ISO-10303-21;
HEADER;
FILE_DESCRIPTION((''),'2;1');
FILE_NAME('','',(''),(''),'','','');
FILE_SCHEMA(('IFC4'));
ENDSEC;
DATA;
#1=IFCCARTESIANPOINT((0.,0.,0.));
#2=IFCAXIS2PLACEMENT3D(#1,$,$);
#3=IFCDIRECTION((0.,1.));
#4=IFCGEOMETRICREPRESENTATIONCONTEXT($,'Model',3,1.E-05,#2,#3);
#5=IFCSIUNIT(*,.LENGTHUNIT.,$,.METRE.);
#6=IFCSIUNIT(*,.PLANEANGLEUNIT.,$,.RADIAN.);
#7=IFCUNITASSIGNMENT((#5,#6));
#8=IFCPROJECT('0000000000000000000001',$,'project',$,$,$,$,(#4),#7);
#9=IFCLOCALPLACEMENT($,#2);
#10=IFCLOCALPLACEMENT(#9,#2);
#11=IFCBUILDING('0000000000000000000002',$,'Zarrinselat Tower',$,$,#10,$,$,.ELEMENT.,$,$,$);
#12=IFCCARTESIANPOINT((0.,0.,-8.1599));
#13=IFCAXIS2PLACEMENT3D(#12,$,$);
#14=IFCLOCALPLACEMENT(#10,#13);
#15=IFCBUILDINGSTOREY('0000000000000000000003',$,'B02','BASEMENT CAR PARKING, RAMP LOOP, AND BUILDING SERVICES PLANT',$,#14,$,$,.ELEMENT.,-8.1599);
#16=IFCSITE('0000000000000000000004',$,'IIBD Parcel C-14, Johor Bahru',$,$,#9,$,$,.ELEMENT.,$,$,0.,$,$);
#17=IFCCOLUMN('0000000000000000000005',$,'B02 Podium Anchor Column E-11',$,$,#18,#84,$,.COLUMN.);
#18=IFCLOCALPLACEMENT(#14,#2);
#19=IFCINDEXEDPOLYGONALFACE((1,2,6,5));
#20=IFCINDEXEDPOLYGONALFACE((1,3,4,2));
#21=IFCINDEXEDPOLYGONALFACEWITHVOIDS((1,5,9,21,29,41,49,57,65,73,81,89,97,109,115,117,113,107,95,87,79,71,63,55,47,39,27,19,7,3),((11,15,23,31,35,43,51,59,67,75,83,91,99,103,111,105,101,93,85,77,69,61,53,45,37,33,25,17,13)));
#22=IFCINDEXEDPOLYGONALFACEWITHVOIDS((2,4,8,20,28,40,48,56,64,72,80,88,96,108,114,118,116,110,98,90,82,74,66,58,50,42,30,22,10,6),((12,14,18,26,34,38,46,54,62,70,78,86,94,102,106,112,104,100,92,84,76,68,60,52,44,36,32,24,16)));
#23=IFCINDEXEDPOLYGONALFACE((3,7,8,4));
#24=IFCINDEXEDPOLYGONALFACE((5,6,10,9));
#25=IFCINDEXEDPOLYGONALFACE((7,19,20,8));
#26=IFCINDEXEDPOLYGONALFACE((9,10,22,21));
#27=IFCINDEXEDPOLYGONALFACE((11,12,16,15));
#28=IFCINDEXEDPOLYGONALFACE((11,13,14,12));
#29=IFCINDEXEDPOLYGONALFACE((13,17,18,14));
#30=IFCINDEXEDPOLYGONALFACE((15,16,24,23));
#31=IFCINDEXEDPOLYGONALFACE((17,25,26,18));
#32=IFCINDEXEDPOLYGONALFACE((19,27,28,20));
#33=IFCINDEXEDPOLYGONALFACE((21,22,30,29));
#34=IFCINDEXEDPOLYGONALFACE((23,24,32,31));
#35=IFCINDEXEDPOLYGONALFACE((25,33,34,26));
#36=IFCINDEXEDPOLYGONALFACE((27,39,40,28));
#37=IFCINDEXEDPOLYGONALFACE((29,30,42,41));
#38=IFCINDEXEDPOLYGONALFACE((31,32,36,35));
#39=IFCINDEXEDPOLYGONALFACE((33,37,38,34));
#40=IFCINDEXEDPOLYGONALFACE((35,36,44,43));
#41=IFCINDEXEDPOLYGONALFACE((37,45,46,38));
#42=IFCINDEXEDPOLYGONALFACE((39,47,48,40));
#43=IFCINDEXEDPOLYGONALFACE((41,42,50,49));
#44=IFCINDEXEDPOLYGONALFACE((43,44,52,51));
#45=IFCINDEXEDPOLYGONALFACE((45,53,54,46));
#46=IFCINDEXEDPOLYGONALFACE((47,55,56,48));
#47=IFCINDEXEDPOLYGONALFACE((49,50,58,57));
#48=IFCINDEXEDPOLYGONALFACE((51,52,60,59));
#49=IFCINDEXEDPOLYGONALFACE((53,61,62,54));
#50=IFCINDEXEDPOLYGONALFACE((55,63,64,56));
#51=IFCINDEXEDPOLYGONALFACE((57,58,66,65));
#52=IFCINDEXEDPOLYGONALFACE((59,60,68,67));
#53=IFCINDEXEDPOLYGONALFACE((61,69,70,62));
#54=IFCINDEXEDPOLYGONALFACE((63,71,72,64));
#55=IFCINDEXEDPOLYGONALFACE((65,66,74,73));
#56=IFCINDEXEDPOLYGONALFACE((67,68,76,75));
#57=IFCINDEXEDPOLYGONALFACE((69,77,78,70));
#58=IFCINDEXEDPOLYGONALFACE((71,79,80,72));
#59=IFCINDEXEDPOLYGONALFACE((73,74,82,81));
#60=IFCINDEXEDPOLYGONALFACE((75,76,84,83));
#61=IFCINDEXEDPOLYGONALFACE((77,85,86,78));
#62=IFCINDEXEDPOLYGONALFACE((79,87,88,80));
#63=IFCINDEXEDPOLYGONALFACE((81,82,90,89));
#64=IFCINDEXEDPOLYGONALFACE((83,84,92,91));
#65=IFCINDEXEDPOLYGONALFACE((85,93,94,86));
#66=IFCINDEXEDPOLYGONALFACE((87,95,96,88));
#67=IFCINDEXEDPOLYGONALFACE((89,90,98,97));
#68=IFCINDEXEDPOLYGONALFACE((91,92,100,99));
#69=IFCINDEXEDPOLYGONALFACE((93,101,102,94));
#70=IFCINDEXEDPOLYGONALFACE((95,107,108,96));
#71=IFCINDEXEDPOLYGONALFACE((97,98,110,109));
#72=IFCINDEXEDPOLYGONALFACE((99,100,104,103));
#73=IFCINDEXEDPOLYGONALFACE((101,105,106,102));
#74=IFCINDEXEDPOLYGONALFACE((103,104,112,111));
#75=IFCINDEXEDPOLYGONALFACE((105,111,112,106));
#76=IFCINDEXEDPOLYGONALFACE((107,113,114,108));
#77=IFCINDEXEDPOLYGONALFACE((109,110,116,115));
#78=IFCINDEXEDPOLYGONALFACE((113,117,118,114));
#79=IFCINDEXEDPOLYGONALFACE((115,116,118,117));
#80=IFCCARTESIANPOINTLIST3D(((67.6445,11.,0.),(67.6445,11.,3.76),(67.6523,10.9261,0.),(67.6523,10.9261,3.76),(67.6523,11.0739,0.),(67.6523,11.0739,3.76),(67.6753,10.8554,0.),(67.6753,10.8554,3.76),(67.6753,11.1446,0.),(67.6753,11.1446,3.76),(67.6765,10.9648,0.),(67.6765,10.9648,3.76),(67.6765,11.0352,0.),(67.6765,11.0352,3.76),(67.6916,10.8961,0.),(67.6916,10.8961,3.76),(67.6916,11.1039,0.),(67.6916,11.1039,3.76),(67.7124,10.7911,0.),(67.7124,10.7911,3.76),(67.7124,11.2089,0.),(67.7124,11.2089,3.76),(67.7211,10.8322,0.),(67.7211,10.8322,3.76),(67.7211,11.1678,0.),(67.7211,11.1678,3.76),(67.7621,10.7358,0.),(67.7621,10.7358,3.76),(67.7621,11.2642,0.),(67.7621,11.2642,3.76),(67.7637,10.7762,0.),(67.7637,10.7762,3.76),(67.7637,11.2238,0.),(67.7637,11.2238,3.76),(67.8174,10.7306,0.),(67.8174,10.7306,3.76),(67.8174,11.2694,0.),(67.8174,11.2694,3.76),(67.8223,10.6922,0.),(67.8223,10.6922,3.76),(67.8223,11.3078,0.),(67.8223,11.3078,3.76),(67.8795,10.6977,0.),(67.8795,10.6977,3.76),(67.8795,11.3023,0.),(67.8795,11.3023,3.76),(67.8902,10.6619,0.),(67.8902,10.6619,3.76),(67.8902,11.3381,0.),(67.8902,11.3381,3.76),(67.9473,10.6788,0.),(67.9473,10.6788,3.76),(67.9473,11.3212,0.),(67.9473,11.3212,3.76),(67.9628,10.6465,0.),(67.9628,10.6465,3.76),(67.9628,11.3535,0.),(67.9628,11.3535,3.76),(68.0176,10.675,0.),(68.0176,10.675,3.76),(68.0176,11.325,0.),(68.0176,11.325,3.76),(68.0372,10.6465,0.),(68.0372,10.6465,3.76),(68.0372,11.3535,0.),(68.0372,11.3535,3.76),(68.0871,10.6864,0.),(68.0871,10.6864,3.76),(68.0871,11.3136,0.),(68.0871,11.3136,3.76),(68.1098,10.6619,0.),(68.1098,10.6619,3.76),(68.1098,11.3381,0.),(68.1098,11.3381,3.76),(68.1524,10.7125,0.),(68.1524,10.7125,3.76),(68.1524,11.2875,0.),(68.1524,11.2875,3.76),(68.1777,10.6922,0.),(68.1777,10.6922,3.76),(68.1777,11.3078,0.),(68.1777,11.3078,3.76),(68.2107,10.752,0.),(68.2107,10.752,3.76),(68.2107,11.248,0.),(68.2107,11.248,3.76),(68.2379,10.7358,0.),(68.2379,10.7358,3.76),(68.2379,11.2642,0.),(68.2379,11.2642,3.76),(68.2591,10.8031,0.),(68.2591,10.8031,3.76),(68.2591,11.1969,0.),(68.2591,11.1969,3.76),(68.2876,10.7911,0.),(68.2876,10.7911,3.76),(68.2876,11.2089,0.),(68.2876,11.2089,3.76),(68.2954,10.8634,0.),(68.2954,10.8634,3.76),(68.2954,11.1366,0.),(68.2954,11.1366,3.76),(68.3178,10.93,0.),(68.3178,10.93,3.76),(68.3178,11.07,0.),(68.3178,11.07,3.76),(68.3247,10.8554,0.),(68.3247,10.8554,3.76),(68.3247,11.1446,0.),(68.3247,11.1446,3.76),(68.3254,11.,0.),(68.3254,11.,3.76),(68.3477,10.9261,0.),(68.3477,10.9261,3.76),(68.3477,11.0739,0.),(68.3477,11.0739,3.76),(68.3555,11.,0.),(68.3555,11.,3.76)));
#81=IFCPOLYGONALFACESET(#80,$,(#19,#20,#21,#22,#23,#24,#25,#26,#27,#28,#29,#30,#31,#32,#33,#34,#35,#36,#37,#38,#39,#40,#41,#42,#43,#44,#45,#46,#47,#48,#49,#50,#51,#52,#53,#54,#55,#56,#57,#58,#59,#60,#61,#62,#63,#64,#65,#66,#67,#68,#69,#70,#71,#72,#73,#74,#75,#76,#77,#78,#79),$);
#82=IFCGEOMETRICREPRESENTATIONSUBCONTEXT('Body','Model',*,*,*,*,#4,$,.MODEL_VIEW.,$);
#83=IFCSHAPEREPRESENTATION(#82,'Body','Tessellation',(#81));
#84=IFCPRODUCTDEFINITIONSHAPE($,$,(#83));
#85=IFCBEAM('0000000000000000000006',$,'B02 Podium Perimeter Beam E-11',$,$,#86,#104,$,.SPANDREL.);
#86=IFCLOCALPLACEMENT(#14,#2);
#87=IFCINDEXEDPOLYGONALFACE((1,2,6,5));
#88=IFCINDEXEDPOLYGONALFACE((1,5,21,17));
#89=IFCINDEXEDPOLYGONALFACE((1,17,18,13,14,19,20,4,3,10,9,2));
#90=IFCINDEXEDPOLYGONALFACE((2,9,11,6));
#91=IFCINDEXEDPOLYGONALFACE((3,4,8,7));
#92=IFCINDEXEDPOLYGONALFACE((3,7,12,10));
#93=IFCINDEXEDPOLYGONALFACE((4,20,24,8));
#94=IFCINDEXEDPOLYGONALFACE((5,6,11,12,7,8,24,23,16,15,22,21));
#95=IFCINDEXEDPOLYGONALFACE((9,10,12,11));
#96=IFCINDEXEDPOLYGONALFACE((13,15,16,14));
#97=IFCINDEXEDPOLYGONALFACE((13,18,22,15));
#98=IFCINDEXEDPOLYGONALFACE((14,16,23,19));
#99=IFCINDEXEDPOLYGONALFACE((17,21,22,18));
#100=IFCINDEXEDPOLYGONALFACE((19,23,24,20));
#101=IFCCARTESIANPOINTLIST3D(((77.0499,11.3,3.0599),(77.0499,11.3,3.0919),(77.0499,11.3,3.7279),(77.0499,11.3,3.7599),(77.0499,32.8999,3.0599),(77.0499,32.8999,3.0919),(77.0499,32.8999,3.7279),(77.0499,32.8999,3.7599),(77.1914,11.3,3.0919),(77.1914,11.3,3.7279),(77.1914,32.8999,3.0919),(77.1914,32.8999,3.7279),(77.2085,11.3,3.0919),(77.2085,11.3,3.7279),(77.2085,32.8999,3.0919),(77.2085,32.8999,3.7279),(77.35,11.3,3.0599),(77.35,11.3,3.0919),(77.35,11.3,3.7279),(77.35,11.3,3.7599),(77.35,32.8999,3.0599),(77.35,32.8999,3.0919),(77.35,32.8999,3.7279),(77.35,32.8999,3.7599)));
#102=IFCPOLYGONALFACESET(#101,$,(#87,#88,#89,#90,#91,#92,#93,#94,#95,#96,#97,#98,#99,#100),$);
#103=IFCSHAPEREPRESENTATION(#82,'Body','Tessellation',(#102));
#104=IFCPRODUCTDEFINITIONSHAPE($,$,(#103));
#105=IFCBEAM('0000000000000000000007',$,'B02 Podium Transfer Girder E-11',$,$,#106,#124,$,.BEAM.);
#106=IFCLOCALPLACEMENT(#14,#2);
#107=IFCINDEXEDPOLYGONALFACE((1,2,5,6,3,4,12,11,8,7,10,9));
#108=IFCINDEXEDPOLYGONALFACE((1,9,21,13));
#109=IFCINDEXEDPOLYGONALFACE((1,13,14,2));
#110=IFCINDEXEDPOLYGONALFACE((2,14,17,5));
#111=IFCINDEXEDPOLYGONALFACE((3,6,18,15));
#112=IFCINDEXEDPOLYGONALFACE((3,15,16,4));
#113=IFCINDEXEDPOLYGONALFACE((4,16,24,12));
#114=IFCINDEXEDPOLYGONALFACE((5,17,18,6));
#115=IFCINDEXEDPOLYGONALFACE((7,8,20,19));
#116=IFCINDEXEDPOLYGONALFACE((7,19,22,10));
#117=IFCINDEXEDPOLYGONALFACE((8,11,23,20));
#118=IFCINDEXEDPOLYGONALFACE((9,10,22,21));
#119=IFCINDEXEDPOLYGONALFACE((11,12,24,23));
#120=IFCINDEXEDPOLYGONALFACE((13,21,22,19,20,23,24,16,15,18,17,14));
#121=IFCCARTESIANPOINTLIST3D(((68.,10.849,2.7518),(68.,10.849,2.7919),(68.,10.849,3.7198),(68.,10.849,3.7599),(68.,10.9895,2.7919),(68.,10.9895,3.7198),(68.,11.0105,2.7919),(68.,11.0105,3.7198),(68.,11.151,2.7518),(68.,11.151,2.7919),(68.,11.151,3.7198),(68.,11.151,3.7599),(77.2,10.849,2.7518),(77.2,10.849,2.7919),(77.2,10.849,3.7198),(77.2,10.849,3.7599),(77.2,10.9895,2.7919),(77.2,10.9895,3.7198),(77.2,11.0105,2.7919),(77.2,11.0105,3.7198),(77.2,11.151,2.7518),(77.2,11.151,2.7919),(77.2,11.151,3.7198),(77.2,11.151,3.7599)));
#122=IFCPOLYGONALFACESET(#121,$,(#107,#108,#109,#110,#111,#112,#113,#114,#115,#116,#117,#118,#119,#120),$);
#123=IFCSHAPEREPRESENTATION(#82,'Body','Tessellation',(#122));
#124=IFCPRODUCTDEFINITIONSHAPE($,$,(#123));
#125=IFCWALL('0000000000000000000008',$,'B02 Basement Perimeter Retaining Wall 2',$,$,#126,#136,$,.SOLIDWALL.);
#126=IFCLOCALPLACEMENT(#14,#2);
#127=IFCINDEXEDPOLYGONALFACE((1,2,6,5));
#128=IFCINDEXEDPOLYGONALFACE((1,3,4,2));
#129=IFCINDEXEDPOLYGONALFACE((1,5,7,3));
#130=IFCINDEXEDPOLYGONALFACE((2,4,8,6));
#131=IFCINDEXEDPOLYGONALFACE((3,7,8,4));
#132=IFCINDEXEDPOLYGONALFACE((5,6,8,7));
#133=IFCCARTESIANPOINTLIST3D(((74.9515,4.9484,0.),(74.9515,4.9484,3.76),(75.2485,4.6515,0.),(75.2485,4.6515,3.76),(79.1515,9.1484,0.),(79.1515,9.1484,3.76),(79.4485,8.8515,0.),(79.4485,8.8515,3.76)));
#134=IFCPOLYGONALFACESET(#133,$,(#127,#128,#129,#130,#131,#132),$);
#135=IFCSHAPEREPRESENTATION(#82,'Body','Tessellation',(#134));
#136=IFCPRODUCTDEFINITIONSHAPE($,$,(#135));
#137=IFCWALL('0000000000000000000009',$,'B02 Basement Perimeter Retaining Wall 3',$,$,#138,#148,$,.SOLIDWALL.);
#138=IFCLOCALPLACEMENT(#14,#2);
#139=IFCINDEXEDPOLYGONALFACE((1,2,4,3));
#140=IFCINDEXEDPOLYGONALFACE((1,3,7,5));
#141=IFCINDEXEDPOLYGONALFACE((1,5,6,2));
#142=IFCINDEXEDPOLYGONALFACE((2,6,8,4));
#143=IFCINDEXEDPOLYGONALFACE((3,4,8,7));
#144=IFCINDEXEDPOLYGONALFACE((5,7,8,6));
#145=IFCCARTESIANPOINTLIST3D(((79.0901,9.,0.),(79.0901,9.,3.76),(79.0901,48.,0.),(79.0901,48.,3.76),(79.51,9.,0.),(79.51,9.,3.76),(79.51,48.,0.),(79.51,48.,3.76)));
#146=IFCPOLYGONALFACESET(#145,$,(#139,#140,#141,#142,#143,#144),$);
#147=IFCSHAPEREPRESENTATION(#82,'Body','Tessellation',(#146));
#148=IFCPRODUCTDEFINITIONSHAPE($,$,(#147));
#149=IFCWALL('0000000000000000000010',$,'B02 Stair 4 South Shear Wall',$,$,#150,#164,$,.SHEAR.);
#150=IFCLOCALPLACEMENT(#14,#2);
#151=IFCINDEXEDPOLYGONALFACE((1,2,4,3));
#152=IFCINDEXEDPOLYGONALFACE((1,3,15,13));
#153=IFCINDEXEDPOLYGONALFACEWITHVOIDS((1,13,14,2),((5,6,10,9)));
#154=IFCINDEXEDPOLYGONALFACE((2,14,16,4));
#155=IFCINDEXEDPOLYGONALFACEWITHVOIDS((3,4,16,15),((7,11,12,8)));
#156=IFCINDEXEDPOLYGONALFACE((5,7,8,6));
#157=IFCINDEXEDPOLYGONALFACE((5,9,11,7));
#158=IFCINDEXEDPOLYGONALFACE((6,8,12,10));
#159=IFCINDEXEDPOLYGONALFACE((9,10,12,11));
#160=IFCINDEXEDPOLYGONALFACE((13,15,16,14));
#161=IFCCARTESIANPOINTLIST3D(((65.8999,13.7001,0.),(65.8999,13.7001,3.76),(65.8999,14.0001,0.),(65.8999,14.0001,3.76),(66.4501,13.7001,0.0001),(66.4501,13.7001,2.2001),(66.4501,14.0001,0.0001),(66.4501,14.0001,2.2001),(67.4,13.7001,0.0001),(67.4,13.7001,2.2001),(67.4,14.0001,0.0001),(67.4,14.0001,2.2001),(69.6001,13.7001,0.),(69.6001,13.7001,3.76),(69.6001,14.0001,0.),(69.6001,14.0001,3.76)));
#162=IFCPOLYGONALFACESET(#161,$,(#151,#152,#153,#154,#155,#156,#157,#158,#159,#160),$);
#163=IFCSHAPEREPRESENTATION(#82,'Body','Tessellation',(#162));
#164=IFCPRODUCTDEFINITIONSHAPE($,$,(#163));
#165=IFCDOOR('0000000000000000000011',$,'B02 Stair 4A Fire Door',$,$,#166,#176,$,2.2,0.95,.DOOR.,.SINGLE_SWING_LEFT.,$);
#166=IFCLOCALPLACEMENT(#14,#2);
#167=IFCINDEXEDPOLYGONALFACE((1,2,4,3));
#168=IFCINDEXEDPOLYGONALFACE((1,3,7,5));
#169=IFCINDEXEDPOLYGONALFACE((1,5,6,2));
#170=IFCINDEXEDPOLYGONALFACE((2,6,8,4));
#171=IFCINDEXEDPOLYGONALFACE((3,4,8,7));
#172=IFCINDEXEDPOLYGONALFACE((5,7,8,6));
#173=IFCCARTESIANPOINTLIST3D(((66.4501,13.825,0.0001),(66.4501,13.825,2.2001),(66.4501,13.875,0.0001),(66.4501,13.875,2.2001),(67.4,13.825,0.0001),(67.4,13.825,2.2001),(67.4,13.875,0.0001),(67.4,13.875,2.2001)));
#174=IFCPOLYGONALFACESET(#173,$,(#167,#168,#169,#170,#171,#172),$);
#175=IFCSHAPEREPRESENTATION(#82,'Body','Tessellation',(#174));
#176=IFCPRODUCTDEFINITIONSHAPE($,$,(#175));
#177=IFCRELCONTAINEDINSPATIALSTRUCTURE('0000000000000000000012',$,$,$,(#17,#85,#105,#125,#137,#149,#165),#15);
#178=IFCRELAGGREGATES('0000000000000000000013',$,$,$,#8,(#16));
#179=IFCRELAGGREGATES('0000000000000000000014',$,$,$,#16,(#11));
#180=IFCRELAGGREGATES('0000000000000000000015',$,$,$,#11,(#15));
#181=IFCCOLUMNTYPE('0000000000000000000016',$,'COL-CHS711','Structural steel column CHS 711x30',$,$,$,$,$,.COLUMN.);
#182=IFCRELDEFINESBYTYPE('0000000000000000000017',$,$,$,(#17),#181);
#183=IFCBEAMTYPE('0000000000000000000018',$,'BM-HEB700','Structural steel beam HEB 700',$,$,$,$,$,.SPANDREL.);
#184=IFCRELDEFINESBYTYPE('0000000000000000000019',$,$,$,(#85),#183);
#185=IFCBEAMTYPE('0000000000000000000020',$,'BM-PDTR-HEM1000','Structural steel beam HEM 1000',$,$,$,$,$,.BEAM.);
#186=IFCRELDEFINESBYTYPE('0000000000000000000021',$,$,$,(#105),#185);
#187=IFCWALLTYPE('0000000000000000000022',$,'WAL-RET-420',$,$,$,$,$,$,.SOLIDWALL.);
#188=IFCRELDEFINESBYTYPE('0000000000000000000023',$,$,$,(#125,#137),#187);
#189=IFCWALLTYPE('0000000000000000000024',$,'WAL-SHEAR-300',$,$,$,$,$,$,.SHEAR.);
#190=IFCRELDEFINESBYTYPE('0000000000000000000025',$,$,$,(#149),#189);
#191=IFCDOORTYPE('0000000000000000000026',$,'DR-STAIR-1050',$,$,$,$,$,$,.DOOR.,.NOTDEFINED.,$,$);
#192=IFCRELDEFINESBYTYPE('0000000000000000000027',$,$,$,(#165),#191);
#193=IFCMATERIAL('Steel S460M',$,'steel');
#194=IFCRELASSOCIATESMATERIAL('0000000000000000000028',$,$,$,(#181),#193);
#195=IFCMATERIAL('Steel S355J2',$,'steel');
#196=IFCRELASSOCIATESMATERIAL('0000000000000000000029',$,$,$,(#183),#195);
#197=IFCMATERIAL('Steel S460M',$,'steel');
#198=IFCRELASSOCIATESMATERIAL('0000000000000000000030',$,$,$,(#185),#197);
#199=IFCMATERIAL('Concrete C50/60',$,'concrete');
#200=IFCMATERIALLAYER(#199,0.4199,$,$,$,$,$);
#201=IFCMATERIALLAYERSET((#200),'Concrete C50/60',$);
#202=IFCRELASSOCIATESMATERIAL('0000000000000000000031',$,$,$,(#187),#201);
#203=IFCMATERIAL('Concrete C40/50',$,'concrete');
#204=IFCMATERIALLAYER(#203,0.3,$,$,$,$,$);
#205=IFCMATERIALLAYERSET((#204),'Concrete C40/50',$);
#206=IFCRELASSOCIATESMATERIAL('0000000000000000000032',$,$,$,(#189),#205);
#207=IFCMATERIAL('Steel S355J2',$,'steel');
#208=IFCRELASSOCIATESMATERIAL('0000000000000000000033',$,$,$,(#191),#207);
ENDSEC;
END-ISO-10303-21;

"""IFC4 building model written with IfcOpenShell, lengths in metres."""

from ifc_helpers import new_model, si_unit, direction, frame, frame_2d, origin, origin_2d, place, context, subcontext, project, spatial, rectangle, hollow_circle, i_section, extrude, material, layer, layer_set, material_profile, profile_set, type_object, element, fill, save


model = new_model("IFC4")

# Units and contexts
model_context = context("Model", 3, precision=1e-05, world=origin(), true_north=direction((0.0, 1.0)))
body_context = subcontext(model_context, "Body", "Model", "MODEL_VIEW")
ifc_project = project(units=[si_unit("LENGTHUNIT", "METRE"), si_unit("PLANEANGLEUNIT", "RADIAN")], contexts=[model_context])

# Site, building, storey
site_placement = place(None, origin())
site = spatial("IfcSite", under=ifc_project, at=site_placement, Name="IIBD Parcel C-14, Johor Bahru", CompositionType="ELEMENT", RefElevation=0.0)
building_placement = place(site_placement, origin())
building = spatial("IfcBuilding", under=site, at=building_placement, Name="Zarrinselat Tower", CompositionType="ELEMENT")
storey_placement = place(building_placement, frame((0.0, 0.0, -8.1599)))
storey = spatial("IfcBuildingStorey", under=building, at=storey_placement, Name="B02", Description="BASEMENT CAR PARKING, RAMP LOOP, AND BUILDING SERVICES PLANT", CompositionType="ELEMENT", Elevation=-8.1599)

# Column
ifc_material_1 = material(Name="Steel S460M", Category="steel")
ifc_material_profile_1 = material_profile(ifc_material_1, hollow_circle(Radius=0.3555, WallThickness=0.03, at=origin_2d()), Name="CHS 711x30")
ifc_profile_set_1 = profile_set([ifc_material_profile_1], Name="Steel S460M")
column_type_1 = type_object("IfcColumnType", Name="COL-CHS711", Description="Structural steel column CHS 711x30", PredefinedType="COLUMN", material=ifc_profile_set_1)
for number, where, z_axis, x_axis, name in (
    (1, (68.0, 11.0, 0.0), (0.0, 0.0, 1.0), (1.0, 0.0, 0.0), "B02 Podium Anchor Column E-11"),
):
    element("IfcColumn", number, at=place(storey_placement, frame(where, z_axis=z_axis, x_axis=x_axis)), inside=storey, type_object=column_type_1, Name=name, PredefinedType="COLUMN", context=body_context, shape_type="SweptSolid", body=[
        extrude(hollow_circle(Radius=0.3555, WallThickness=0.03, at=origin_2d()), origin(), (0.0, 0.0, 1.0), 3.76),
    ])

# Beams
ifc_material_2 = material(Name="Steel S355J2", Category="steel")
ifc_material_profile_2 = material_profile(ifc_material_2, i_section(OverallWidth=0.3, OverallDepth=0.7, WebThickness=0.0171, FlangeThickness=0.032, at=origin_2d()), Name="HEB 700")
ifc_profile_set_2 = profile_set([ifc_material_profile_2], Name="Steel S355J2")
beam_type_1 = type_object("IfcBeamType", Name="BM-HEB700", Description="Structural steel beam HEB 700", PredefinedType="SPANDREL", material=ifc_profile_set_2)
beam_1_placement = place(storey_placement, frame((77.2, 11.3, 3.4099), z_axis=(0.0, 1.0, 0.0), x_axis=(-1.0, 0.0, 0.0)))
element("IfcBeam", 2, at=beam_1_placement, inside=storey, type_object=beam_type_1, Name="B02 Podium Perimeter Beam E-11", PredefinedType="SPANDREL", context=body_context, shape_type="SweptSolid", body=[
    extrude(i_section(OverallWidth=0.3, OverallDepth=0.7, WebThickness=0.0171, FlangeThickness=0.032, at=origin_2d()), origin(), (0.0, 0.0, 1.0), 21.5999),
])
ifc_material_3 = material(Name="Steel S460M", Category="steel")
ifc_material_profile_3 = material_profile(ifc_material_3, i_section(OverallWidth=0.302, OverallDepth=1.0081, WebThickness=0.021, FlangeThickness=0.04, at=origin_2d()), Name="HEM 1000")
ifc_profile_set_3 = profile_set([ifc_material_profile_3], Name="Steel S460M")
beam_type_2 = type_object("IfcBeamType", Name="BM-PDTR-HEM1000", Description="Structural steel beam HEM 1000", PredefinedType="BEAM", material=ifc_profile_set_3)
beam_2_placement = place(storey_placement, frame((68.0, 11.0, 3.2559), z_axis=(1.0, 0.0, 0.0), x_axis=(0.0, 1.0, 0.0)))
element("IfcBeam", 3, at=beam_2_placement, inside=storey, type_object=beam_type_2, Name="B02 Podium Transfer Girder E-11", PredefinedType="BEAM", context=body_context, shape_type="SweptSolid", body=[
    extrude(i_section(OverallWidth=0.302, OverallDepth=1.0081, WebThickness=0.021, FlangeThickness=0.04, at=origin_2d()), origin(), (0.0, 0.0, 1.0), 9.2),
])

# Walls
ifc_material_4 = material(Name="Concrete C50/60", Category="concrete")
ifc_layer_1 = layer(ifc_material_4, 0.4199)
ifc_layer_set_1 = layer_set([ifc_layer_1], Name="Concrete C50/60")
wall_type_1 = type_object("IfcWallType", Name="WAL-RET-420", PredefinedType="SOLIDWALL", material=ifc_layer_set_1)
wall_1_placement = place(storey_placement, frame((75.1001, 4.8, 0.0), z_axis=(0.0, 0.0, 1.0), x_axis=(0.707107, 0.707107, 0.0)))
element("IfcWall", 4, at=wall_1_placement, inside=storey, type_object=wall_type_1, Name="B02 Basement Perimeter Retaining Wall 2", PredefinedType="SOLIDWALL", context=body_context, shape_type="SweptSolid", body=[
    extrude(rectangle(XDim=5.9397, YDim=0.4199, at=frame_2d((2.9697, 0.0))), origin(), (0.0, 0.0, 1.0), 3.76),
])
wall_2_placement = place(storey_placement, frame((79.3, 9.0, 0.0), z_axis=(0.0, 0.0, 1.0), x_axis=(0.0, 1.0, 0.0)))
element("IfcWall", 5, at=wall_2_placement, inside=storey, type_object=wall_type_1, Name="B02 Basement Perimeter Retaining Wall 3", PredefinedType="SOLIDWALL", context=body_context, shape_type="SweptSolid", body=[
    extrude(rectangle(XDim=39.0, YDim=0.4199, at=frame_2d((19.5, 0.0))), origin(), (0.0, 0.0, 1.0), 3.76),
])

# Wall, opening, door
ifc_material_5 = material(Name="Concrete C40/50", Category="concrete")
ifc_layer_2 = layer(ifc_material_5, 0.3)
ifc_layer_set_2 = layer_set([ifc_layer_2], Name="Concrete C40/50")
wall_type_2 = type_object("IfcWallType", Name="WAL-SHEAR-300", PredefinedType="SHEAR", material=ifc_layer_set_2)
wall_3_placement = place(storey_placement, frame((65.8999, 13.8501, 0.0), z_axis=(0.0, 0.0, 1.0), x_axis=(1.0, 0.0, 0.0)))
wall_3 = element("IfcWall", 6, at=wall_3_placement, inside=storey, type_object=wall_type_2, Name="B02 Stair 4 South Shear Wall", PredefinedType="SHEAR", context=body_context, shape_type="SweptSolid", body=[
    extrude(rectangle(XDim=3.7002, YDim=0.3, at=frame_2d((1.8501, 0.0))), origin(), (0.0, 0.0, 1.0), 3.76),
])
opening_placement = place(wall_3_placement, frame((0.55, 0.0, 0.0)))
opening = element("IfcOpeningElement", 7, at=opening_placement, cuts=wall_3, PredefinedType="OPENING", context=body_context, shape_type="SweptSolid", body=[
    extrude(rectangle(XDim=0.95, YDim=2.2, at=frame_2d((0.4751, 1.1001))), frame((0.0, 0.1599, 0.0), z_axis=(0.0, -1.0, 0.0), x_axis=(1.0, 0.0, 0.0)), (0.0, 0.0, 1.0), 0.3201),
])
ifc_material_6 = material(Name="Steel S355J2", Category="steel")
door_type = type_object("IfcDoorType", Name="DR-STAIR-1050", OperationType="NOTDEFINED", PredefinedType="DOOR", material=ifc_material_6)
door_placement = place(opening_placement, origin())
door = element("IfcDoor", 8, at=door_placement, inside=storey, type_object=door_type, Name="B02 Stair 4A Fire Door", OperationType="SINGLE_SWING_LEFT", OverallHeight=2.2, OverallWidth=0.95, PredefinedType="DOOR", context=body_context, shape_type="SweptSolid", body=[
    extrude(rectangle(XDim=0.95, YDim=2.2, at=frame_2d((0.4751, 1.1001))), frame((0.0, 0.0249, 0.0), z_axis=(0.0, -1.0, 0.0), x_axis=(1.0, 0.0, 0.0)), (0.0, 0.0, 1.0), 0.05),
])
fill(opening, door)

save(model, "model.ifc")
